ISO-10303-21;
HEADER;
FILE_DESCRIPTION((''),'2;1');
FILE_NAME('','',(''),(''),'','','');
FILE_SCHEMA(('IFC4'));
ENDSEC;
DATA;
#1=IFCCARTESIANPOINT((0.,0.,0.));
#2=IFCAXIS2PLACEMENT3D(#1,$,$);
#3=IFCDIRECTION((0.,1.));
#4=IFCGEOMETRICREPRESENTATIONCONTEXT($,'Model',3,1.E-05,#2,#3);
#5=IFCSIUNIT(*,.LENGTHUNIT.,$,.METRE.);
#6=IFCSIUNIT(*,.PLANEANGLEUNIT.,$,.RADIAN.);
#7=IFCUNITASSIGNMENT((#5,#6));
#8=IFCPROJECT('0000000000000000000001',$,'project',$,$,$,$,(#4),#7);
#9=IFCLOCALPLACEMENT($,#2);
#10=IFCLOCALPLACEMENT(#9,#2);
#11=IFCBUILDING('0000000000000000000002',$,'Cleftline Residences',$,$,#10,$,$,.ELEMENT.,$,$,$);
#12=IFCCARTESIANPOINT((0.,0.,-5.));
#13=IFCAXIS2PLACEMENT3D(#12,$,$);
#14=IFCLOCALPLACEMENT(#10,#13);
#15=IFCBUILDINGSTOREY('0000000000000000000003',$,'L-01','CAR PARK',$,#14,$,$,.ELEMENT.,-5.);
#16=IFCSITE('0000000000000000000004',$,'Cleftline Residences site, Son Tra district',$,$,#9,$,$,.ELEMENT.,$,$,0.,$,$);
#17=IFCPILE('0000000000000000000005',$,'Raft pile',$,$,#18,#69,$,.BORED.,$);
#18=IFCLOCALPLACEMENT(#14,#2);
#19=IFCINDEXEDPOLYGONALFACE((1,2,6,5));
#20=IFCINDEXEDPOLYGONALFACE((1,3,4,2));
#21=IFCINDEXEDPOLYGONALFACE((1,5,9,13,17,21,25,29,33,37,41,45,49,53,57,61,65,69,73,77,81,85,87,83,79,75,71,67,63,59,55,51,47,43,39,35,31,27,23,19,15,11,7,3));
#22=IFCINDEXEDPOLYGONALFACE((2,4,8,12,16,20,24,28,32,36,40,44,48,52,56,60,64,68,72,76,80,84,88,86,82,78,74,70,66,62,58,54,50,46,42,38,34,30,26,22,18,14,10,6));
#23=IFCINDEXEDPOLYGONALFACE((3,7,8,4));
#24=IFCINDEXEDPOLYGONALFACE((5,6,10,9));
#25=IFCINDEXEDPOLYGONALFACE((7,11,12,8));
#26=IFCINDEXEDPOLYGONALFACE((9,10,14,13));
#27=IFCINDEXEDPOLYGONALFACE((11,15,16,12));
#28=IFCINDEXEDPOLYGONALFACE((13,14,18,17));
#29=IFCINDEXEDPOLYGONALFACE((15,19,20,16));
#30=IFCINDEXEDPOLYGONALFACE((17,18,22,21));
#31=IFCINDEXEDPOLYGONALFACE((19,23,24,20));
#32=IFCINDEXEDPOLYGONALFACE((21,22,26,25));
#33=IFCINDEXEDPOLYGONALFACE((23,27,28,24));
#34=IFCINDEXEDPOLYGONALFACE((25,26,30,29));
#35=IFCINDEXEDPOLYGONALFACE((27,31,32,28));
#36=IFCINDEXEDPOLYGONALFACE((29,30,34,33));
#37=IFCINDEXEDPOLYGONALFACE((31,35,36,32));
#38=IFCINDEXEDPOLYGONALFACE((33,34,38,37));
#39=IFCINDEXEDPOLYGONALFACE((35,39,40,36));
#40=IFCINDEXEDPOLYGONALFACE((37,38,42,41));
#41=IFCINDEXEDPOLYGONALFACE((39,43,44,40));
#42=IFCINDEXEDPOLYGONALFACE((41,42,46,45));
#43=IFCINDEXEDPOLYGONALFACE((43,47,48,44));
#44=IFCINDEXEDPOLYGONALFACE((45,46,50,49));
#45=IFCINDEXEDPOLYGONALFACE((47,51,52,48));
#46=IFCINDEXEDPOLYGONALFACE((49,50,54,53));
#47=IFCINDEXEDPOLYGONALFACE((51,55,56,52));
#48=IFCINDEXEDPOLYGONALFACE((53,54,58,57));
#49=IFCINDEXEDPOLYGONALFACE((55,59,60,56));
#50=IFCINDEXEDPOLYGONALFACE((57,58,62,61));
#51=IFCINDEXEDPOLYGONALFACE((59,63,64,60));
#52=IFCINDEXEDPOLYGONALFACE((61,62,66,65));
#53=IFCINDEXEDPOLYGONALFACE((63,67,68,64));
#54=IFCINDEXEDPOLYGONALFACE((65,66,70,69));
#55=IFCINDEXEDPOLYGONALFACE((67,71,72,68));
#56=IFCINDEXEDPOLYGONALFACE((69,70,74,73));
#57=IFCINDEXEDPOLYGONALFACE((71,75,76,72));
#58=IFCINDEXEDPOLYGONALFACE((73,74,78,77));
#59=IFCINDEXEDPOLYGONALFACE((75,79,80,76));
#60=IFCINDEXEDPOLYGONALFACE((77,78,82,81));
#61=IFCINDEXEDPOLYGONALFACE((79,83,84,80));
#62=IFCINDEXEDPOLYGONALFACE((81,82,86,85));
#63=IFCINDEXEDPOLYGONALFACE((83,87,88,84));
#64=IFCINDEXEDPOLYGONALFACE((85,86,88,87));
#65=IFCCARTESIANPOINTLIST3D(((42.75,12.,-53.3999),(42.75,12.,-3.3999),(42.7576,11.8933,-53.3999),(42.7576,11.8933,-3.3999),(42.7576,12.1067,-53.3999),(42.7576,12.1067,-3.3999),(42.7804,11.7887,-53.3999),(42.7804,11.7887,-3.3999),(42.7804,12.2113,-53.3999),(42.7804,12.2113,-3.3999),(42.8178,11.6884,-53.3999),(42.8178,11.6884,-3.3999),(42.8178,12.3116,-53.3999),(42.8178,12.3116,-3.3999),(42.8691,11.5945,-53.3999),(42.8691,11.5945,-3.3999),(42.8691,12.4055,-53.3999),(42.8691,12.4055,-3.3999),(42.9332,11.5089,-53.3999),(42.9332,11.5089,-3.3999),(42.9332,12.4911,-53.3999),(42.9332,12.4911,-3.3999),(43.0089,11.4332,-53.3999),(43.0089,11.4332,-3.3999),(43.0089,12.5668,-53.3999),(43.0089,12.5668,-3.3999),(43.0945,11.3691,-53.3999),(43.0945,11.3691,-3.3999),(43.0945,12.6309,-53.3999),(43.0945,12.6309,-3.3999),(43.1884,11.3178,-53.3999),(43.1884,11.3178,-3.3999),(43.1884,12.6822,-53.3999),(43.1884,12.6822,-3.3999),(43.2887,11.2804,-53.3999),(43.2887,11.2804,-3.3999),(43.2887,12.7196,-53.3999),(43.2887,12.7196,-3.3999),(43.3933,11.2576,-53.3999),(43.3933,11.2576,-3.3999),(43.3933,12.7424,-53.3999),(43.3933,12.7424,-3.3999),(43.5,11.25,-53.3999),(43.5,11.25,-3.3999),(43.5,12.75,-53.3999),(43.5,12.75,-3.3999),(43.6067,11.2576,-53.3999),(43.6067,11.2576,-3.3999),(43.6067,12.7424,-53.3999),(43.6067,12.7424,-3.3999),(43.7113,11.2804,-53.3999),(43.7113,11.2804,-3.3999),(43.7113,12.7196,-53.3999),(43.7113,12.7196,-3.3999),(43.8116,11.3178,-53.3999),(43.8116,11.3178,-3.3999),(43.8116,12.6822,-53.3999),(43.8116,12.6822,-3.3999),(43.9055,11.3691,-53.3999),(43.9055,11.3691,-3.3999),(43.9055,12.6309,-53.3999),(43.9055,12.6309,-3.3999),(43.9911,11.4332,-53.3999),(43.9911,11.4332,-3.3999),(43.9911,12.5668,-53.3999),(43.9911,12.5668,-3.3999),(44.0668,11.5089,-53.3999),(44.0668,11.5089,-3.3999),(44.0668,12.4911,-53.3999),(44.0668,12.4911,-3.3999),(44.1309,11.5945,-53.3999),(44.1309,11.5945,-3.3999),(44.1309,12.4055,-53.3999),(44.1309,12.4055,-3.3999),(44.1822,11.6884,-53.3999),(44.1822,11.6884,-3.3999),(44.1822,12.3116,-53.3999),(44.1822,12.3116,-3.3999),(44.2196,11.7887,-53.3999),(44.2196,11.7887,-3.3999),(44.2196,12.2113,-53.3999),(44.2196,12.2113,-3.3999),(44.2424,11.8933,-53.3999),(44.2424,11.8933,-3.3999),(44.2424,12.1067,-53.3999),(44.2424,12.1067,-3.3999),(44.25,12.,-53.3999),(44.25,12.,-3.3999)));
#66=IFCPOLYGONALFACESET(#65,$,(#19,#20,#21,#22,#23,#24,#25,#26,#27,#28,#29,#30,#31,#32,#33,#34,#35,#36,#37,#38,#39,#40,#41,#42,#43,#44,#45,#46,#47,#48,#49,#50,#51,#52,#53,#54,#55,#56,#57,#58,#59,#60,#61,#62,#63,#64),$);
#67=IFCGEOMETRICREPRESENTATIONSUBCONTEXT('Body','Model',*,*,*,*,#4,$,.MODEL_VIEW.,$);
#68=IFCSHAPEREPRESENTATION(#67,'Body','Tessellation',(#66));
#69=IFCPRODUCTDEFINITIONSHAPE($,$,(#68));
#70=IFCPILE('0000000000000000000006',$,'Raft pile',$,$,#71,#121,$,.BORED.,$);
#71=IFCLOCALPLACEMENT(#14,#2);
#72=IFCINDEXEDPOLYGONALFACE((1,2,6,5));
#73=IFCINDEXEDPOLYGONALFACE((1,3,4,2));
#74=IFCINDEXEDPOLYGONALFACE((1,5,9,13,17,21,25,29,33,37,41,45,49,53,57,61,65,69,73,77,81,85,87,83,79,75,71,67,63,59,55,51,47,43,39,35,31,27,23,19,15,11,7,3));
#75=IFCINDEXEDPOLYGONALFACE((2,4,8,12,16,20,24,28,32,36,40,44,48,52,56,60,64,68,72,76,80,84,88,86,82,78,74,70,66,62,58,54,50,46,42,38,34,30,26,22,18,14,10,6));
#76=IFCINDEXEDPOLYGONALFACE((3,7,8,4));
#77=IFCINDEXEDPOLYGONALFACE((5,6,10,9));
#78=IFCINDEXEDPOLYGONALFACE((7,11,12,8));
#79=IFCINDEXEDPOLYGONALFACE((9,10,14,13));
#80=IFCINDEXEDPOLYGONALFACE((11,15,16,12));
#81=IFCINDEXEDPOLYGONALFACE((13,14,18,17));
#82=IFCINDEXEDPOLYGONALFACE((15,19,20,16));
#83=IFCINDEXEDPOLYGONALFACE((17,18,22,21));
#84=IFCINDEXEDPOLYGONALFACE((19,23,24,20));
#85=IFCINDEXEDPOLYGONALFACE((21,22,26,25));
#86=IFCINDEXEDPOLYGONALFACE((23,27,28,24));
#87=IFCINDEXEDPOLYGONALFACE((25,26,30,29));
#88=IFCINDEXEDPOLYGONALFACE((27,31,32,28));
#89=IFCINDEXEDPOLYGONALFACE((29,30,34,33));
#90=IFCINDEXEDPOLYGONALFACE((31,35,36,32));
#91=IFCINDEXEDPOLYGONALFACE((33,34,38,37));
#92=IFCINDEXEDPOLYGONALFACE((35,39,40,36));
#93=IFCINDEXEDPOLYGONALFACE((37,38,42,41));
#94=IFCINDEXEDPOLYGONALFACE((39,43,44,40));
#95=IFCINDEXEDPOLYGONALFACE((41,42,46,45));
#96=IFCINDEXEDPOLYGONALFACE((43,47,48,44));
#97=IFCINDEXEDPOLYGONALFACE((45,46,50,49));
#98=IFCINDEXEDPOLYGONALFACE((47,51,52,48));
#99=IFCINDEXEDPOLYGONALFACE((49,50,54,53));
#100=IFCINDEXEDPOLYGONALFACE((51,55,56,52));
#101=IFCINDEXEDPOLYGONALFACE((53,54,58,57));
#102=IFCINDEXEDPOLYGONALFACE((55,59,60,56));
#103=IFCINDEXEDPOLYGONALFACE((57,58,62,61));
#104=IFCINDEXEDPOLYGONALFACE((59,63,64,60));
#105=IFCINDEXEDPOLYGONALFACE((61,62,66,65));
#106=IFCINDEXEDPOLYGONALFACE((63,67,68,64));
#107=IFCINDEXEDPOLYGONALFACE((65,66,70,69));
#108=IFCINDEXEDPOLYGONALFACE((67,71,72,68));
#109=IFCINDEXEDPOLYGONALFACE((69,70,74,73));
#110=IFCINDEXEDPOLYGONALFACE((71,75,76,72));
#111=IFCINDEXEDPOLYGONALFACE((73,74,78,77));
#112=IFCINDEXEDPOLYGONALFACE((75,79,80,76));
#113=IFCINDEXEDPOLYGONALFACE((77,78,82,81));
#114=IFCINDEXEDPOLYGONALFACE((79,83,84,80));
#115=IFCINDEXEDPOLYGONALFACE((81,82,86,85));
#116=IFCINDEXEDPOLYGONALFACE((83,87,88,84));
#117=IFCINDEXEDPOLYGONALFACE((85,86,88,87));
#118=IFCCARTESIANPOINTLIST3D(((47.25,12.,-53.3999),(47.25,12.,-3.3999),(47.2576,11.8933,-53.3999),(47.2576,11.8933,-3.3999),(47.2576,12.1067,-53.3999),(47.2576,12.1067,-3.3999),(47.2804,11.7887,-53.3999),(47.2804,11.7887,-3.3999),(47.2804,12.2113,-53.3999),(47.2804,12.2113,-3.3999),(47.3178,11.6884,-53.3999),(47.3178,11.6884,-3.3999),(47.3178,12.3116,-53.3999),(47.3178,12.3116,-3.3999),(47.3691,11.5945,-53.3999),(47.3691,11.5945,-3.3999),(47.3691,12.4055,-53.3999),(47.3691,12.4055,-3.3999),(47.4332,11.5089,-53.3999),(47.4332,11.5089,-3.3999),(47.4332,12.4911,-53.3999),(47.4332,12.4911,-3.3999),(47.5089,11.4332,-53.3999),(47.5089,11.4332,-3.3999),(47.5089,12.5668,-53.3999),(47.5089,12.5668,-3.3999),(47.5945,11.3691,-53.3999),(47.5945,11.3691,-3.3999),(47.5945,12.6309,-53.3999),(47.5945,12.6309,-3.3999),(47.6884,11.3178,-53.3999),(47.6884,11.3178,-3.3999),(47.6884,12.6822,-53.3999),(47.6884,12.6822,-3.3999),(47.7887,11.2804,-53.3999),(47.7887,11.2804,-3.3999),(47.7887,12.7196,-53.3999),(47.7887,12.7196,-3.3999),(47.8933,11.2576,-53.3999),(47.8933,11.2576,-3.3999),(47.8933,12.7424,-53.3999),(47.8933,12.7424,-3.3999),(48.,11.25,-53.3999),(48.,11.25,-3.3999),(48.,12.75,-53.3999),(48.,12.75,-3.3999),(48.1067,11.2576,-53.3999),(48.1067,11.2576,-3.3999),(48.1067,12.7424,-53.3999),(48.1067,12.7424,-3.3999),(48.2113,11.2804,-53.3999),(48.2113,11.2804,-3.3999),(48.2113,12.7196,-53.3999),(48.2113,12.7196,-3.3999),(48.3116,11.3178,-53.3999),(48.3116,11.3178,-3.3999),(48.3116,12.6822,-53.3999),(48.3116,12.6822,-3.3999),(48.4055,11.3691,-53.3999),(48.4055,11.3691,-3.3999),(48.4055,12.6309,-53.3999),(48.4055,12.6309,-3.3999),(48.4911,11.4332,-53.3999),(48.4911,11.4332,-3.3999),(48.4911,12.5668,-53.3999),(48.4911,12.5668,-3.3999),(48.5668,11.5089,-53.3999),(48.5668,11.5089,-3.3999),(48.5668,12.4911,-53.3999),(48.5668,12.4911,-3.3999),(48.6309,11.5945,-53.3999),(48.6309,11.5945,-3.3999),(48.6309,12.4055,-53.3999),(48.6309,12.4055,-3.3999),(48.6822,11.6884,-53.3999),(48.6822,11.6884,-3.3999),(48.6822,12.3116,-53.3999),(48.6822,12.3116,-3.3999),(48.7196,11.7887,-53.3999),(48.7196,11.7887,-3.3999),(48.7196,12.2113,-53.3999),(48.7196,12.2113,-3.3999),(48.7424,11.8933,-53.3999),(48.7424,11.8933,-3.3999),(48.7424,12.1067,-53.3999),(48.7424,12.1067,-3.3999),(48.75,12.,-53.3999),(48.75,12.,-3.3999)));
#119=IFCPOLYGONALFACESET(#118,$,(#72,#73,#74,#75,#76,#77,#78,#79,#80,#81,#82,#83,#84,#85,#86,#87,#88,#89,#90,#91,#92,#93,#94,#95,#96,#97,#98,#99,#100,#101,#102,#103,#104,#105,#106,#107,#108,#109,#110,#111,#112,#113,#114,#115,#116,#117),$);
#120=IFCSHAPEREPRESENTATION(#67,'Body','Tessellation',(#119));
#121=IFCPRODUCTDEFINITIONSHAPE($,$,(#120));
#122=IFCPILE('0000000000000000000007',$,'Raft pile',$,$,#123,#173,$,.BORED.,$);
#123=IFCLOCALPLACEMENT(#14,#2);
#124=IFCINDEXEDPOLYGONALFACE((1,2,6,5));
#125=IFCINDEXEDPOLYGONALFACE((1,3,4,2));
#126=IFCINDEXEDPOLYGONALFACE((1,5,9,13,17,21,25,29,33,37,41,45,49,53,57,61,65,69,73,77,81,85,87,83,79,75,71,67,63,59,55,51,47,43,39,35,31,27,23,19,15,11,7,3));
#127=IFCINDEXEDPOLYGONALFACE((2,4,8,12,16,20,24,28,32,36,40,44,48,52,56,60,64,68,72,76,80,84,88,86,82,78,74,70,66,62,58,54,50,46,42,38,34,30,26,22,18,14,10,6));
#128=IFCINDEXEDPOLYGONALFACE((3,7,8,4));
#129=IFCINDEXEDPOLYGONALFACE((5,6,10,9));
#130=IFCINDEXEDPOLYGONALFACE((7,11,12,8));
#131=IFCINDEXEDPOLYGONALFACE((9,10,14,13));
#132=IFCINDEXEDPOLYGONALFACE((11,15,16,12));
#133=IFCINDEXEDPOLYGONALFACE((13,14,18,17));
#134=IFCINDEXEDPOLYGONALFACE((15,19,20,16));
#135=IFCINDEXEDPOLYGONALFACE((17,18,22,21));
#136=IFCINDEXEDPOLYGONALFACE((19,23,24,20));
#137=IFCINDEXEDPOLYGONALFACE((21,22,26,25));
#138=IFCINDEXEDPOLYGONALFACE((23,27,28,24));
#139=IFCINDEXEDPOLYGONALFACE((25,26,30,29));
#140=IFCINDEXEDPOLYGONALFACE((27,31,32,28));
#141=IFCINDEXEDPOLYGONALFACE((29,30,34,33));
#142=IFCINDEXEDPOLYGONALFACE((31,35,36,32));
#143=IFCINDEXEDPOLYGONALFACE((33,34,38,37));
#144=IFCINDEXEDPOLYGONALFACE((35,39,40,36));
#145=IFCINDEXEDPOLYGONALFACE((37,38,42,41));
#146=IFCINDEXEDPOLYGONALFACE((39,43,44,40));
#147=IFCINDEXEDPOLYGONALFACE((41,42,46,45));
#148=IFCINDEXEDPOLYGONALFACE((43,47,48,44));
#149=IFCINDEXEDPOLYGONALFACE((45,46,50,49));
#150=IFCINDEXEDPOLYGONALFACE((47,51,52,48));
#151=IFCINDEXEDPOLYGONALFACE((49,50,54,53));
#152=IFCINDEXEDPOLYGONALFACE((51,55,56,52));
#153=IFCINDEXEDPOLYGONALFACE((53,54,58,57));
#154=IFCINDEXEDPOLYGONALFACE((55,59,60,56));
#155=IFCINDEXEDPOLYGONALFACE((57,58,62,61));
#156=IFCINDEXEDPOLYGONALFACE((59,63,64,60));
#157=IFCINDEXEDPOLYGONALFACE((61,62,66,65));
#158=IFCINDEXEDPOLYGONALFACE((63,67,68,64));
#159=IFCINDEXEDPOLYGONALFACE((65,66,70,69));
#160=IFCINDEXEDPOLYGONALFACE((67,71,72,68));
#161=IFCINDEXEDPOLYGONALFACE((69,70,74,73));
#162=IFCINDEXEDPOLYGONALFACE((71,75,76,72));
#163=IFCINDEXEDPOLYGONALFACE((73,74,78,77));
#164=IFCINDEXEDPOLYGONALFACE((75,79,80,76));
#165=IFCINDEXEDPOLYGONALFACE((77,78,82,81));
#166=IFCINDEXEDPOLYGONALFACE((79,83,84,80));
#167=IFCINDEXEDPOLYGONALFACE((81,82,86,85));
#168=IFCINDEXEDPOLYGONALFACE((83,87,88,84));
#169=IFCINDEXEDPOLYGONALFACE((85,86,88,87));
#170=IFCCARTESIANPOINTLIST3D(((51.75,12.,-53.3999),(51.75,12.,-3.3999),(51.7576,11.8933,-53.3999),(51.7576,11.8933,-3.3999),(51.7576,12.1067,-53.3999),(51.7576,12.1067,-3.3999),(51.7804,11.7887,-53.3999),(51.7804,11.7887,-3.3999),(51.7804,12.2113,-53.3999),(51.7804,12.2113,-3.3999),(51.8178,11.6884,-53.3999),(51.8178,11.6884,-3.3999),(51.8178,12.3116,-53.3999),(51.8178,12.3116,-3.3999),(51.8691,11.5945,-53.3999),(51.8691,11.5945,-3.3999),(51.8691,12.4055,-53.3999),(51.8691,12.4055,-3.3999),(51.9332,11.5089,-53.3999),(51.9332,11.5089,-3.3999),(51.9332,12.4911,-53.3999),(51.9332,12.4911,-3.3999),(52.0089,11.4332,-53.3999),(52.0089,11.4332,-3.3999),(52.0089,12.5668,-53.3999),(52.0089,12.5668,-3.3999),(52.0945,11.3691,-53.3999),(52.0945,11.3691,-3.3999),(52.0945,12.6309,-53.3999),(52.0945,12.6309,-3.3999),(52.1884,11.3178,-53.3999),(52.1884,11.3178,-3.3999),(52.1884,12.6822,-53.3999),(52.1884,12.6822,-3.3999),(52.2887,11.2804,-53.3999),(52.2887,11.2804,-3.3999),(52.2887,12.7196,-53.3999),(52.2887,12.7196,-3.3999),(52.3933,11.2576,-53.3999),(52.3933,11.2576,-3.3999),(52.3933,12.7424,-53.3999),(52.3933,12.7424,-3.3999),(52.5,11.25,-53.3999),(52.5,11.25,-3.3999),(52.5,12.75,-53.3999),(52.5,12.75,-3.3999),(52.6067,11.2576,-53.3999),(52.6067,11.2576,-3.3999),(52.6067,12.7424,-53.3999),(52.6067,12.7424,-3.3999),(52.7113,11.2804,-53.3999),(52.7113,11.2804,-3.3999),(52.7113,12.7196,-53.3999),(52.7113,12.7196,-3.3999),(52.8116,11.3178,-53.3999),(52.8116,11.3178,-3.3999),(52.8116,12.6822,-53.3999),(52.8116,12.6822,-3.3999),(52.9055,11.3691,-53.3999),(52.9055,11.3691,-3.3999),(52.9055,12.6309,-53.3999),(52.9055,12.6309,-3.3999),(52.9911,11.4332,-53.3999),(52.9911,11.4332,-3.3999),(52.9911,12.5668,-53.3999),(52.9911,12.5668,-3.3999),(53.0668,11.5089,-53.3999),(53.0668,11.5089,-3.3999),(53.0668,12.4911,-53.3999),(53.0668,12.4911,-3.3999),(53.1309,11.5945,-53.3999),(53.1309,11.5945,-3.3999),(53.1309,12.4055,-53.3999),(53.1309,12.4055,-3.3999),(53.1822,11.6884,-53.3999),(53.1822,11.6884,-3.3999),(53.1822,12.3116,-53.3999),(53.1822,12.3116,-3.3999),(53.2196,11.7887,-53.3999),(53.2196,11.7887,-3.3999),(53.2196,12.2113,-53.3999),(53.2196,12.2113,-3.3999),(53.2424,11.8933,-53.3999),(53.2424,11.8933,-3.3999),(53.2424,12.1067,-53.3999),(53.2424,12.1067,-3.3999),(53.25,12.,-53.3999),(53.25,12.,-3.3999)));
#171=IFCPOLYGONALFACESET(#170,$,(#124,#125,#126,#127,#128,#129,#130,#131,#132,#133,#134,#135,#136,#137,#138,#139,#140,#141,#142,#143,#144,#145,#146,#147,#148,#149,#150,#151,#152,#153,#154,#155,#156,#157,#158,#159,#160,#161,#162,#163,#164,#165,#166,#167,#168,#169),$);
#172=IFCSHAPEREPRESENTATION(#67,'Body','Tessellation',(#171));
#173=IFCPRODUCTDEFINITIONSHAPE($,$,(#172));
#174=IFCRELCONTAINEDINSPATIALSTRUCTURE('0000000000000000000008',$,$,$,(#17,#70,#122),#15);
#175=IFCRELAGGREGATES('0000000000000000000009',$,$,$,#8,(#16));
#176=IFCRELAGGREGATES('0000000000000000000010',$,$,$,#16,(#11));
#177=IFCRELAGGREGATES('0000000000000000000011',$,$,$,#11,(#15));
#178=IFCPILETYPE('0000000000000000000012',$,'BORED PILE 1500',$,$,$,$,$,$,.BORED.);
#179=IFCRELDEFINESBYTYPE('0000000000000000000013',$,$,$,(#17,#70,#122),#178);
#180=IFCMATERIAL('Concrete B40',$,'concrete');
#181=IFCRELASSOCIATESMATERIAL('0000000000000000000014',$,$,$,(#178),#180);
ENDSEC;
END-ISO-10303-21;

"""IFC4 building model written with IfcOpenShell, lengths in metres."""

from ifc_helpers import new_model, si_unit, direction, frame, origin, origin_2d, place, context, subcontext, project, spatial, circle, extrude, material, material_profile, profile_set, type_object, element, save


model = new_model("IFC4")

# Units and contexts
model_context = context("Model", 3, precision=1e-05, world=origin(), true_north=direction((0.0, 1.0)))
body_context = subcontext(model_context, "Body", "Model", "MODEL_VIEW")
ifc_project = project(units=[si_unit("LENGTHUNIT", "METRE"), si_unit("PLANEANGLEUNIT", "RADIAN")], contexts=[model_context])

# Site, building, storey
site_placement = place(None, origin())
site = spatial("IfcSite", under=ifc_project, at=site_placement, Name="Cleftline Residences site, Son Tra district", CompositionType="ELEMENT", RefElevation=0.0)
building_placement = place(site_placement, origin())
building = spatial("IfcBuilding", under=site, at=building_placement, Name="Cleftline Residences", CompositionType="ELEMENT")
storey_placement = place(building_placement, frame((0.0, 0.0, -5.0)))
storey = spatial("IfcBuildingStorey", under=building, at=storey_placement, Name="L-01", Description="CAR PARK", CompositionType="ELEMENT", Elevation=-5.0)

# Piles
ifc_material_1 = material(Name="Concrete B40", Category="concrete")
ifc_material_profile_1 = material_profile(ifc_material_1, circle(Radius=0.75, at=origin_2d()))
ifc_profile_set_1 = profile_set([ifc_material_profile_1], Name="Concrete B40")
pile_type = type_object("IfcPileType", Name="BORED PILE 1500", PredefinedType="BORED", material=ifc_profile_set_1)
for number, where, z_axis, x_axis, name in (
    (1, (43.5, 12.0, -3.3999), (0.0, 0.0, -1.0), (1.0, 0.0, 0.0), "Raft pile"),
    (2, (48.0, 12.0, -3.3999), (0.0, 0.0, -1.0), (1.0, 0.0, 0.0), "Raft pile"),
    (3, (52.5, 12.0, -3.3999), (0.0, 0.0, -1.0), (1.0, 0.0, 0.0), "Raft pile"),
):
    element("IfcPile", number, at=place(storey_placement, frame(where, z_axis=z_axis, x_axis=x_axis)), inside=storey, type_object=pile_type, Name=name, PredefinedType="BORED", context=body_context, shape_type="SweptSolid", body=[
        extrude(circle(Radius=0.75, at=origin_2d()), origin(), (0.0, 0.0, 1.0), 50.0),
    ])

save(model, "model.ifc")
